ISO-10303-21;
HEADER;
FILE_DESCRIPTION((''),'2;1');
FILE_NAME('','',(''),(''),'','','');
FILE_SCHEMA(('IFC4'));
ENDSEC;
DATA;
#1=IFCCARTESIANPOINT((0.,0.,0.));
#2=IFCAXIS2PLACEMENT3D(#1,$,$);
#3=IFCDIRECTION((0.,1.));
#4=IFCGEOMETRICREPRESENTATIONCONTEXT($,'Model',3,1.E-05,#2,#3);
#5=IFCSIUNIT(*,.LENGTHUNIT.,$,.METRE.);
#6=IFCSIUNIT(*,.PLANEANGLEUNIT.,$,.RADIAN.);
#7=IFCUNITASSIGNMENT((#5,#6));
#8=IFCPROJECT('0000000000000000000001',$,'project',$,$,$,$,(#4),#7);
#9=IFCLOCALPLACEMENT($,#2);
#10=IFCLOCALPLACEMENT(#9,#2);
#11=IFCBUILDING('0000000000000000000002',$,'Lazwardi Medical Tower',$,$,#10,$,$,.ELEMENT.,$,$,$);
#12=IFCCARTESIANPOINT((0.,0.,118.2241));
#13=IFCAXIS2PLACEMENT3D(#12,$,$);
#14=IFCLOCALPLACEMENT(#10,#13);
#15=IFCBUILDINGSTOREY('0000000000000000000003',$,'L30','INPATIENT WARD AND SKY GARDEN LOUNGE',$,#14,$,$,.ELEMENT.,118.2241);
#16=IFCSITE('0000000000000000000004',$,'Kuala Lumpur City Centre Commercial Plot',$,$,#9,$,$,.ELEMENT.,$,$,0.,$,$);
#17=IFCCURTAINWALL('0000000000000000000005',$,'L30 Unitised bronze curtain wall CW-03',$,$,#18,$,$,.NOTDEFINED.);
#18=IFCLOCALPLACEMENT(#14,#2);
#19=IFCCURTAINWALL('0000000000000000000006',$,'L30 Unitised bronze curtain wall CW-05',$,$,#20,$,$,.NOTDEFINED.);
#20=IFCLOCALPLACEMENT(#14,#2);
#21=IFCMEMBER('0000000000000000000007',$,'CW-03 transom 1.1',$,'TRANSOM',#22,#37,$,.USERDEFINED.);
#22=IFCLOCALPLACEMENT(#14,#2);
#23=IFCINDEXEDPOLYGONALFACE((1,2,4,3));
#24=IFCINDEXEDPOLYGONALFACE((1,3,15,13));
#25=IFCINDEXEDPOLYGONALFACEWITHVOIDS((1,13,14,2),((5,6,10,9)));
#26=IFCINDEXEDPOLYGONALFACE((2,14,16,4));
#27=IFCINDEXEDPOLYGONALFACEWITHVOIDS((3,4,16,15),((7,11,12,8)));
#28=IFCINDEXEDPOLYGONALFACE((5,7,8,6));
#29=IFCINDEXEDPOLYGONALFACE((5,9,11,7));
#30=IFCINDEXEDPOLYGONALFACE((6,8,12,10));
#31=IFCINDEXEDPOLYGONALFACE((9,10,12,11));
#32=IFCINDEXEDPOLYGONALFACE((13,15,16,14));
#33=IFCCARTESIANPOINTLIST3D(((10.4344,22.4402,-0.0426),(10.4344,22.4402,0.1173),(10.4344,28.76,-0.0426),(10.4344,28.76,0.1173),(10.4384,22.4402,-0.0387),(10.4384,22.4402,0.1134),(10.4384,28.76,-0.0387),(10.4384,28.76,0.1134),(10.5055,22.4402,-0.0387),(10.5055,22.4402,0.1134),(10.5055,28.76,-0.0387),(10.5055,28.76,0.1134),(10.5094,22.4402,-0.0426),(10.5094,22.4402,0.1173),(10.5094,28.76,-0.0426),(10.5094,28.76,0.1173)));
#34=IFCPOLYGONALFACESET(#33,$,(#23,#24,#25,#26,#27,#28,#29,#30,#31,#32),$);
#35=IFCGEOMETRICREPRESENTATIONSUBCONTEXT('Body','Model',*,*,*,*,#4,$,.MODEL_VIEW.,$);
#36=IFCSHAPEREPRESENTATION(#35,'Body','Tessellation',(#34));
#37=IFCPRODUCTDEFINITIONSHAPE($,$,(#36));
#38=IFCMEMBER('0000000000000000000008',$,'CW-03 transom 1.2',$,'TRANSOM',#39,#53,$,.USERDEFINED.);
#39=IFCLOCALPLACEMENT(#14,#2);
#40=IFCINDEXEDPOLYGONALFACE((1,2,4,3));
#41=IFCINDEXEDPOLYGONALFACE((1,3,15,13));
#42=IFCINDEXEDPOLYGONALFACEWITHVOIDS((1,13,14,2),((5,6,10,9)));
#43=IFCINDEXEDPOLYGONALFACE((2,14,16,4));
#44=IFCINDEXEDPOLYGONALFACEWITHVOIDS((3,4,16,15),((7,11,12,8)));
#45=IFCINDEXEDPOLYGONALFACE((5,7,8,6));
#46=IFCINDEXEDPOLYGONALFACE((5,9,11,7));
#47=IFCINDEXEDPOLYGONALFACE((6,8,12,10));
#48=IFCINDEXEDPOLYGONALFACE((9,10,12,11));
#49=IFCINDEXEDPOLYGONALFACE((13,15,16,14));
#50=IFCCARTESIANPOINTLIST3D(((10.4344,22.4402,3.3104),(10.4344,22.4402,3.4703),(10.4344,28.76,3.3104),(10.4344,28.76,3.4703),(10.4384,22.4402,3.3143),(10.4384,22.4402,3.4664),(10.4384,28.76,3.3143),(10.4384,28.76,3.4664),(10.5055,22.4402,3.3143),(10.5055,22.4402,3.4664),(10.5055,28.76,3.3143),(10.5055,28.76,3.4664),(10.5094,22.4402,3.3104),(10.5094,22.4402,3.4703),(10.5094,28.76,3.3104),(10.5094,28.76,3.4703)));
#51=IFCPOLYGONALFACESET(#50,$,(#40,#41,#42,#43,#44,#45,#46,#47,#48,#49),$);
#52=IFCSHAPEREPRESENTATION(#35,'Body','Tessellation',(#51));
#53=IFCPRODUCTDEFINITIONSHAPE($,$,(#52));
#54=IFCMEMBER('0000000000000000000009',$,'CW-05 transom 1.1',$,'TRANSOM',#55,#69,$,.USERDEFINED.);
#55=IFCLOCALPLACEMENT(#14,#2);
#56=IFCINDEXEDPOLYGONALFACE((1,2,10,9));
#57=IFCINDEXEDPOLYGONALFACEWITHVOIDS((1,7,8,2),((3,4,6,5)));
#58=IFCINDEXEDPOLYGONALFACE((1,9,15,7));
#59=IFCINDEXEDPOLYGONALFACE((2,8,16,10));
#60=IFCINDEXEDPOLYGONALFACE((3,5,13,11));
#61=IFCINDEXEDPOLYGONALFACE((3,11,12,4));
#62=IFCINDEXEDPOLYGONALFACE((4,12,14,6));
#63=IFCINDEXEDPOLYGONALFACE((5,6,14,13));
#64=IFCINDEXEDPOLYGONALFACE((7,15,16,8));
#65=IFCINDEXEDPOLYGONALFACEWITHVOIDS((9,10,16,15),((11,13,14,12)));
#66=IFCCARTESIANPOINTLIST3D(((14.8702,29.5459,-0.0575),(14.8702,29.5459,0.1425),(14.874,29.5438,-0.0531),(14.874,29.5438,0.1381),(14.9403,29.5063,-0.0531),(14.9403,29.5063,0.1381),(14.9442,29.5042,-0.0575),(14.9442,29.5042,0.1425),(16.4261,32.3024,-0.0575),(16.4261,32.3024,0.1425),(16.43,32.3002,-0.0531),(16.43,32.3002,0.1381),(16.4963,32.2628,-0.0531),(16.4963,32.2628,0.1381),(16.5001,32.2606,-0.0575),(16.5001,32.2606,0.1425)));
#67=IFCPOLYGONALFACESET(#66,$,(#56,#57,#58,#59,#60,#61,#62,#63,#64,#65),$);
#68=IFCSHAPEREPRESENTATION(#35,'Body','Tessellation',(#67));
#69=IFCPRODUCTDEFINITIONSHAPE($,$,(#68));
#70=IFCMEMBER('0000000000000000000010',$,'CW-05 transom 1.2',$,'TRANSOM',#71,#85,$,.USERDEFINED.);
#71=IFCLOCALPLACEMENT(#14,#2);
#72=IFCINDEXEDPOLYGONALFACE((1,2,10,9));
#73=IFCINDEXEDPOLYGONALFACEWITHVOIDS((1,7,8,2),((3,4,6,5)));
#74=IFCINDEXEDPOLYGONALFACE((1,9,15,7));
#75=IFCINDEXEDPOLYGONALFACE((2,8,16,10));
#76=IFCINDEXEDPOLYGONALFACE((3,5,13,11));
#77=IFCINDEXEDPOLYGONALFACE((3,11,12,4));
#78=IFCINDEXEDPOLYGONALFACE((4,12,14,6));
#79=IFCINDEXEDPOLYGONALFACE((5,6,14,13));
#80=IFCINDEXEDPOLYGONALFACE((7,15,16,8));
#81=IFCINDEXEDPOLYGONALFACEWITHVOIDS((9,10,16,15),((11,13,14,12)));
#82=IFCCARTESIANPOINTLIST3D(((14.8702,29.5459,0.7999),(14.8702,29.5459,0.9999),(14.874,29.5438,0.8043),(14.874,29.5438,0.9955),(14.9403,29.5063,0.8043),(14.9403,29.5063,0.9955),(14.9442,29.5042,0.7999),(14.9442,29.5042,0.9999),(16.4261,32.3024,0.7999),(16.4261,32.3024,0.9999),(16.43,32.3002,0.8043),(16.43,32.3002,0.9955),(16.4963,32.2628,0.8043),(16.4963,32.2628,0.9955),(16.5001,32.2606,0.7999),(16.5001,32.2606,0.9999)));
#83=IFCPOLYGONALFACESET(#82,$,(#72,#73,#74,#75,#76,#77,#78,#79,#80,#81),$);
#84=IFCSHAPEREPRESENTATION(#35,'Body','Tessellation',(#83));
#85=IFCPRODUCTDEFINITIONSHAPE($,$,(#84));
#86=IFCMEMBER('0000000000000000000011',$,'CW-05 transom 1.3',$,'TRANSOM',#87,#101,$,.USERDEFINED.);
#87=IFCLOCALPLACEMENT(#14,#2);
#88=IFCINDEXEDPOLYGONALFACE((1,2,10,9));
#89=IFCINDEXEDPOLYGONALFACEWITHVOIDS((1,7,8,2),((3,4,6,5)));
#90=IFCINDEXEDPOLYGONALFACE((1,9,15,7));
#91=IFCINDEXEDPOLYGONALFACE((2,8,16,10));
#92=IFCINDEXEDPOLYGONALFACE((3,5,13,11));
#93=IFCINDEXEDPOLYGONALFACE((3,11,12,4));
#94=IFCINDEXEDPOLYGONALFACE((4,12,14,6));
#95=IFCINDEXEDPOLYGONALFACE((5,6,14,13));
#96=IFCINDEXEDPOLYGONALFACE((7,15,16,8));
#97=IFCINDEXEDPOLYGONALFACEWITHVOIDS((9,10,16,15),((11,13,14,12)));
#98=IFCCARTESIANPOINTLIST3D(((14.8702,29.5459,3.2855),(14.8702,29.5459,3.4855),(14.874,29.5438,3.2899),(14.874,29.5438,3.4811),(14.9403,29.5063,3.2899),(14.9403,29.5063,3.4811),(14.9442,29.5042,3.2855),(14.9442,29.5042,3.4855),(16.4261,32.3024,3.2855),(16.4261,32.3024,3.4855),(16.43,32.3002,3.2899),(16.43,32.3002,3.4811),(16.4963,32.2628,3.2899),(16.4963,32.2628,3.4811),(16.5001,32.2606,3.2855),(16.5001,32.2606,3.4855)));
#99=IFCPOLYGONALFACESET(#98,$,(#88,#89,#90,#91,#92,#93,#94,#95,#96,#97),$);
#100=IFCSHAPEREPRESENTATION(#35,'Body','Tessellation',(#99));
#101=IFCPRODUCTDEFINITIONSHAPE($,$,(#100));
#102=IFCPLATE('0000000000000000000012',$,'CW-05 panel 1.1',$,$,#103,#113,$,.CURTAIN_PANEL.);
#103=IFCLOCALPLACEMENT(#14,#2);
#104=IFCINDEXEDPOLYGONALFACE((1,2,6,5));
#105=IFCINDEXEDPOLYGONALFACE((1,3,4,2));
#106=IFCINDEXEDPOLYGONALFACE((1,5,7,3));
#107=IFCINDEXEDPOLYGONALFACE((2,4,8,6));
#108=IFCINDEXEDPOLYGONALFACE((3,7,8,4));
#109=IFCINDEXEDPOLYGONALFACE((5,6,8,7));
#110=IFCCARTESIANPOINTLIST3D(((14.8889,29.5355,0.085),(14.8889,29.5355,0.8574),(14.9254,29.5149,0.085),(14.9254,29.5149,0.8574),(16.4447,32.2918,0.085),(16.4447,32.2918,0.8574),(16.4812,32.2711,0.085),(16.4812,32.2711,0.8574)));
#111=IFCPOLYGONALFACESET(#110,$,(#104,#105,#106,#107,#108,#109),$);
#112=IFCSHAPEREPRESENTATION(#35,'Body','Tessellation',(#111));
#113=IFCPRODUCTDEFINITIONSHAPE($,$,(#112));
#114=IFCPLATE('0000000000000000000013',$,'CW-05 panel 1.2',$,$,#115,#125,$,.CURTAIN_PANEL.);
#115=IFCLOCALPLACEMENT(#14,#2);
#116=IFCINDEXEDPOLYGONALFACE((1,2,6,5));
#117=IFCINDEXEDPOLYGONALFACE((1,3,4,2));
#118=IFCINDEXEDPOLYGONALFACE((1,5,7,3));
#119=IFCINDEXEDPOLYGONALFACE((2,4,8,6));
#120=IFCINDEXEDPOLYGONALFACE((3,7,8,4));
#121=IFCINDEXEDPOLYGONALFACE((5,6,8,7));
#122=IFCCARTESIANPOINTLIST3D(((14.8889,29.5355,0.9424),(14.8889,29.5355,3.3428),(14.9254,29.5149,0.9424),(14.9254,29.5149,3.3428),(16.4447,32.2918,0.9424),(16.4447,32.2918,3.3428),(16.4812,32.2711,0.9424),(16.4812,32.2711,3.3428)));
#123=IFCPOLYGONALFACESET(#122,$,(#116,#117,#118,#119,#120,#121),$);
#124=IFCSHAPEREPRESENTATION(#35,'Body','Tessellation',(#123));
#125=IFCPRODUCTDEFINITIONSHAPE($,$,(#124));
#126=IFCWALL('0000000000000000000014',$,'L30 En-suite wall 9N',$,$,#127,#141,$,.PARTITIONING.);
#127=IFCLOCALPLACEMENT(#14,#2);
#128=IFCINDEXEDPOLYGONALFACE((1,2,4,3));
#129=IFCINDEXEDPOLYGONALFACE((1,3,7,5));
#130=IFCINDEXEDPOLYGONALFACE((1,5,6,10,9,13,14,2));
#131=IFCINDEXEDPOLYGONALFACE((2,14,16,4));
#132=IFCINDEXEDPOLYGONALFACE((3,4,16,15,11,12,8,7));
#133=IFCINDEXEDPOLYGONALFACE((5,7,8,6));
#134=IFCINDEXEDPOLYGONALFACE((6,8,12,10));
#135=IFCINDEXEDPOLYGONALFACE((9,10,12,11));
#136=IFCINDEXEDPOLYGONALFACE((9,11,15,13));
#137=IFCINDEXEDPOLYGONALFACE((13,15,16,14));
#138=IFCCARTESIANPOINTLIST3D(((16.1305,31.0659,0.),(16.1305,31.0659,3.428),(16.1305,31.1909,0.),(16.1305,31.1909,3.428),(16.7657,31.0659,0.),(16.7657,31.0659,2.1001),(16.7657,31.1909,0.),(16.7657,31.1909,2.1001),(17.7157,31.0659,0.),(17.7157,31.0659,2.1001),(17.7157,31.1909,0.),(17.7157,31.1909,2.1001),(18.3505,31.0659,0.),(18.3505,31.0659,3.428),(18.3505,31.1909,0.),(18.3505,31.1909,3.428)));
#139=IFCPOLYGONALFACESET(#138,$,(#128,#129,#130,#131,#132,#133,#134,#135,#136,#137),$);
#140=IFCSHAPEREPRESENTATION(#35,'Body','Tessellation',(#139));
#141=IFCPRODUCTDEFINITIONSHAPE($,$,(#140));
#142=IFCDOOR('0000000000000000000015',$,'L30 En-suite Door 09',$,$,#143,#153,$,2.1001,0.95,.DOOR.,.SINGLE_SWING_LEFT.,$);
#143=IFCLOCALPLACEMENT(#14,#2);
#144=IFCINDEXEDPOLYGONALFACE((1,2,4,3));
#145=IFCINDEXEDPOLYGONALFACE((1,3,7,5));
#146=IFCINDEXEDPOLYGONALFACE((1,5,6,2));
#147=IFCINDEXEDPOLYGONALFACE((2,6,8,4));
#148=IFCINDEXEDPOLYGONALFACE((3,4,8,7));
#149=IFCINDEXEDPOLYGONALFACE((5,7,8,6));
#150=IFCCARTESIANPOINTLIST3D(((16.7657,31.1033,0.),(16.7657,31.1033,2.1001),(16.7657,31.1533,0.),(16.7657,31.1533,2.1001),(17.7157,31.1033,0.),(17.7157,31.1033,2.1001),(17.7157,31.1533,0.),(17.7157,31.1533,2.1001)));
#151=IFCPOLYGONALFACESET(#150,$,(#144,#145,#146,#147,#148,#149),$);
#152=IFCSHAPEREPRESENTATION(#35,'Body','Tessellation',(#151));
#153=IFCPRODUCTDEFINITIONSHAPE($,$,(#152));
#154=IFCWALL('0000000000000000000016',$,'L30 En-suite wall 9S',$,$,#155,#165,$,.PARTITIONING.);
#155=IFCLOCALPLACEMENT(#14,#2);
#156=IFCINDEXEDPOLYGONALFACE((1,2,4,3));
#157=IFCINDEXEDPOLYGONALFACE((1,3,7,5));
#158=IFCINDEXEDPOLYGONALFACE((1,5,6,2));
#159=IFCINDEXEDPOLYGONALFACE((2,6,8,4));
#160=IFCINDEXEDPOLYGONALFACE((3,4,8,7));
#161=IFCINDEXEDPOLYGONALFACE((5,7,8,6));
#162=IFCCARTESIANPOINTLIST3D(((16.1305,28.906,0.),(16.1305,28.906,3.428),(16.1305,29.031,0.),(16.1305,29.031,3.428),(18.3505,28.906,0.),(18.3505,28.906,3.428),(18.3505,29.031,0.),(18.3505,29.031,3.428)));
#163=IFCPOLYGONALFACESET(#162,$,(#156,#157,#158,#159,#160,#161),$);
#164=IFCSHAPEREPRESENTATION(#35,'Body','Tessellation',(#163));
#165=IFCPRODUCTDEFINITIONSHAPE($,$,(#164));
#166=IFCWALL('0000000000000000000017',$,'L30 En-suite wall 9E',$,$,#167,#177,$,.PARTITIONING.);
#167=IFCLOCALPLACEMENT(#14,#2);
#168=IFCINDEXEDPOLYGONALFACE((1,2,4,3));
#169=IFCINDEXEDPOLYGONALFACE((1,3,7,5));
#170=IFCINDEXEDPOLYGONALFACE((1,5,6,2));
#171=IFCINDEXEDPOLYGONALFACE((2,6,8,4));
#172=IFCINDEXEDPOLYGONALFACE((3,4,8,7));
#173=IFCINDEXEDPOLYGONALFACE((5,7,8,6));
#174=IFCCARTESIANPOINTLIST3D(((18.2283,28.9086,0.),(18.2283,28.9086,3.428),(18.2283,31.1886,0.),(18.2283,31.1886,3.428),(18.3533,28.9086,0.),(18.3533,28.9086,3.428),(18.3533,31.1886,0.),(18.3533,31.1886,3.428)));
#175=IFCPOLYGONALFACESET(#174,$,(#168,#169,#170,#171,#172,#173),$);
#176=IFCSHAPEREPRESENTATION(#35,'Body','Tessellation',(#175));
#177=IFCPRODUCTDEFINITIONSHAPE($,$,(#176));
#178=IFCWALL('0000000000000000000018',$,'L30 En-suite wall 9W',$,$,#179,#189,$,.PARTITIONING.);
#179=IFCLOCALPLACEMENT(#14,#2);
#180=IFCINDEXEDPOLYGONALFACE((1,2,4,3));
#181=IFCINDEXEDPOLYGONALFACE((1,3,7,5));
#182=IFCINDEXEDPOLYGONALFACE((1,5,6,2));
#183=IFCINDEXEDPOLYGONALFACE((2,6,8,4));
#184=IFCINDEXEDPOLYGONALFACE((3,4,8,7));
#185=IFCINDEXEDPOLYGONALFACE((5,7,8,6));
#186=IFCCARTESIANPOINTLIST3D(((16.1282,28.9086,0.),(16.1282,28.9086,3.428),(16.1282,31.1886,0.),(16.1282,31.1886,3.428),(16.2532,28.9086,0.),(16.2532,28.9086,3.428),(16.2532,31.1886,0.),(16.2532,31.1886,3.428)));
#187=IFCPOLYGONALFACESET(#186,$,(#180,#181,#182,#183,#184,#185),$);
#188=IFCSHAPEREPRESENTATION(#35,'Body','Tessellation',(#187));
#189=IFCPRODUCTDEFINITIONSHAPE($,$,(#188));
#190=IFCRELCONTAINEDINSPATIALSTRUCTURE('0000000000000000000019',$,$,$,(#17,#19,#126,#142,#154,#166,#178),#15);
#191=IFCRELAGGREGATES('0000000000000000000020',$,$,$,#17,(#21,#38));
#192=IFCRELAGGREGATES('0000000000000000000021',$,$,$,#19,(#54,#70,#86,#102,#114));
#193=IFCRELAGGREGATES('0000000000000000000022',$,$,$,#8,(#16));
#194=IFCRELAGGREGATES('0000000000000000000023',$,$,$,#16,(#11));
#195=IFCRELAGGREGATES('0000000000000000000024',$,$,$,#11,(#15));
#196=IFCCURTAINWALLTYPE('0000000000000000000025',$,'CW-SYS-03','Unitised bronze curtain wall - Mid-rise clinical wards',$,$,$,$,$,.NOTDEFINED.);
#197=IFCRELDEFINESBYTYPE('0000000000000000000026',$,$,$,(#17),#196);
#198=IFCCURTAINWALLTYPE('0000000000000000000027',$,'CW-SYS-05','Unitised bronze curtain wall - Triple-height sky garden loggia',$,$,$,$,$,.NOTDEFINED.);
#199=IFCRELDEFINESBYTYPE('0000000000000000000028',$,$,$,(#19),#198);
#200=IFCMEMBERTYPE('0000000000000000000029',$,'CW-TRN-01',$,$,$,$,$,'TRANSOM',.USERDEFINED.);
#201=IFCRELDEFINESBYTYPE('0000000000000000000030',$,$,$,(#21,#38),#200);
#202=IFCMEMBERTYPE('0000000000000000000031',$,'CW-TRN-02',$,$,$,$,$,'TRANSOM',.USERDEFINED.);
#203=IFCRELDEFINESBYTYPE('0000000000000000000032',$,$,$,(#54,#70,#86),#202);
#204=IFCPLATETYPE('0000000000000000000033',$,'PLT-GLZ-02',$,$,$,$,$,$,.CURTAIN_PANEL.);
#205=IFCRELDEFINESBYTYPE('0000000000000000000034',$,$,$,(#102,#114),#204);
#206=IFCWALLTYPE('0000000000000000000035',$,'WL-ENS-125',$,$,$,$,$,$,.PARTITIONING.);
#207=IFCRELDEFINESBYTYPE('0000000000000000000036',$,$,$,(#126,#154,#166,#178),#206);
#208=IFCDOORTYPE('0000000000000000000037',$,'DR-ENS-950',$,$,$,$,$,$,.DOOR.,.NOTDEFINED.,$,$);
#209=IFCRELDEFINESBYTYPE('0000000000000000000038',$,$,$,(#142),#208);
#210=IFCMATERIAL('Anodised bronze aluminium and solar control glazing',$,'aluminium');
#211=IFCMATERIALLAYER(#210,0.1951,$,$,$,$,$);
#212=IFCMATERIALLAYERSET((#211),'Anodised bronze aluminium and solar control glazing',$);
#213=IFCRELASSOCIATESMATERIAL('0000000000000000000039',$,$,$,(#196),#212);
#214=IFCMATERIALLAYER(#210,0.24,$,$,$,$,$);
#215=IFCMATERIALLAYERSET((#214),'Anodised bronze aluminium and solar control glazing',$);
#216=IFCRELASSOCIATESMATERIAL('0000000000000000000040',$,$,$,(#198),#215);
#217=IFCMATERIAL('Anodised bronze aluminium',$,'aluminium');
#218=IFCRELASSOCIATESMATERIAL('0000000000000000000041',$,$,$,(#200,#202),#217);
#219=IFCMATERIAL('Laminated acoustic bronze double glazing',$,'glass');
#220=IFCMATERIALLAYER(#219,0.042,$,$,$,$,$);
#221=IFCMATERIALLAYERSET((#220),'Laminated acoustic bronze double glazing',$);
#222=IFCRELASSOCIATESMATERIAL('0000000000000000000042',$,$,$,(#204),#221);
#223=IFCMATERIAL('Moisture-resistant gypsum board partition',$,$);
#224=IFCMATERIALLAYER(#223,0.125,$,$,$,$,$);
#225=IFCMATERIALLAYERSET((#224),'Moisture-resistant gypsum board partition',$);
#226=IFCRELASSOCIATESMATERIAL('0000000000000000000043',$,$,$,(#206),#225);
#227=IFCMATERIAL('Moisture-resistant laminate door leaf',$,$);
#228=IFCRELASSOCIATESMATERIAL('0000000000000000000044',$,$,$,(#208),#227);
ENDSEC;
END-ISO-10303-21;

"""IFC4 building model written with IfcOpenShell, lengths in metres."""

from ifc_helpers import new_model, si_unit, direction, frame, frame_2d, origin, origin_2d, place, context, subcontext, project, spatial, rectangle, hollow_rectangle, extrude, material, layer, layer_set, material_profile, profile_set, type_object, element, fill, aggregate, save


model = new_model("IFC4")

# Units and contexts
model_context = context("Model", 3, precision=1e-05, world=origin(), true_north=direction((0.0, 1.0)))
body_context = subcontext(model_context, "Body", "Model", "MODEL_VIEW")
ifc_project = project(units=[si_unit("LENGTHUNIT", "METRE"), si_unit("PLANEANGLEUNIT", "RADIAN")], contexts=[model_context])

# Site, building, storey
site_placement = place(None, origin())
site = spatial("IfcSite", under=ifc_project, at=site_placement, Name="Kuala Lumpur City Centre Commercial Plot", CompositionType="ELEMENT", RefElevation=0.0)
building_placement = place(site_placement, origin())
building = spatial("IfcBuilding", under=site, at=building_placement, Name="Lazwardi Medical Tower", CompositionType="ELEMENT")
storey_placement = place(building_placement, frame((0.0, 0.0, 118.2241)))
storey = spatial("IfcBuildingStorey", under=building, at=storey_placement, Name="L30", Description="INPATIENT WARD AND SKY GARDEN LOUNGE", CompositionType="ELEMENT", Elevation=118.2241)

# Curtain wall
ifc_material_1 = material(Name="Anodised bronze aluminium and solar control glazing", Category="aluminium")
ifc_layer_1 = layer(ifc_material_1, 0.1951)
ifc_layer_set_1 = layer_set([ifc_layer_1], Name="Anodised bronze aluminium and solar control glazing")
curtain_wall_type_1 = type_object("IfcCurtainWallType", Name="CW-SYS-03", Description="Unitised bronze curtain wall - Mid-rise clinical wards", PredefinedType="NOTDEFINED", material=ifc_layer_set_1)
curtain_wall_1_placement = place(storey_placement, origin())
curtain_wall_1 = element("IfcCurtainWall", 1, at=curtain_wall_1_placement, inside=storey, type_object=curtain_wall_type_1, Name="L30 Unitised bronze curtain wall CW-03", PredefinedType="NOTDEFINED")
ifc_material_2 = material(Name="Anodised bronze aluminium", Category="aluminium")

# Curtain wall
ifc_layer_2 = layer(ifc_material_1, 0.24)
ifc_layer_set_2 = layer_set([ifc_layer_2], Name="Anodised bronze aluminium and solar control glazing")
curtain_wall_type_2 = type_object("IfcCurtainWallType", Name="CW-SYS-05", Description="Unitised bronze curtain wall - Triple-height sky garden loggia", PredefinedType="NOTDEFINED", material=ifc_layer_set_2)
curtain_wall_2_placement = place(storey_placement, origin())
curtain_wall_2 = element("IfcCurtainWall", 2, at=curtain_wall_2_placement, inside=storey, type_object=curtain_wall_type_2, Name="L30 Unitised bronze curtain wall CW-05", PredefinedType="NOTDEFINED")

# Members
ifc_material_profile_1 = material_profile(ifc_material_2, hollow_rectangle(XDim=0.075, YDim=0.1599, WallThickness=0.0039, at=origin_2d()), Name="ALU-TRANSOM 160x75x4")
ifc_profile_set_1 = profile_set([ifc_material_profile_1], Name="Anodised bronze aluminium")
member_type_1 = type_object("IfcMemberType", Name="CW-TRN-01", ElementType="TRANSOM", PredefinedType="USERDEFINED", material=ifc_profile_set_1)
member_1_placement = place(storey_placement, frame((10.4719, 28.76, 0.0374), z_axis=(0.0, -1.0, 0.0), x_axis=(1.0, 0.0, 0.0)))
member_1 = element("IfcMember", 3, at=member_1_placement, type_object=member_type_1, Name="CW-03 transom 1.1", ObjectType="TRANSOM", PredefinedType="USERDEFINED", context=body_context, shape_type="SweptSolid", body=[
    extrude(hollow_rectangle(XDim=0.075, YDim=0.1599, WallThickness=0.0039, at=origin_2d()), origin(), (0.0, 0.0, 1.0), 6.3198),
])
member_2_placement = place(storey_placement, frame((10.4719, 28.76, 3.3904), z_axis=(0.0, -1.0, 0.0), x_axis=(1.0, 0.0, 0.0)))
member_2 = element("IfcMember", 4, at=member_2_placement, type_object=member_type_1, Name="CW-03 transom 1.2", ObjectType="TRANSOM", PredefinedType="USERDEFINED", context=body_context, shape_type="SweptSolid", body=[
    extrude(hollow_rectangle(XDim=0.075, YDim=0.1599, WallThickness=0.0039, at=origin_2d()), origin(), (0.0, 0.0, 1.0), 6.3198),
])
aggregate(curtain_wall_1, [member_1, member_2])
ifc_material_profile_2 = material_profile(ifc_material_2, hollow_rectangle(XDim=0.085, YDim=0.2, WallThickness=0.0044, at=origin_2d()), Name="ALU-TRANSOM 200x85x4.5")
ifc_profile_set_2 = profile_set([ifc_material_profile_2], Name="Anodised bronze aluminium")
member_type_2 = type_object("IfcMemberType", Name="CW-TRN-02", ElementType="TRANSOM", PredefinedType="USERDEFINED", material=ifc_profile_set_2)
member_3_placement = place(storey_placement, frame((16.4631, 32.2815, 0.0425), z_axis=(-0.491572, -0.870837, 0.0), x_axis=(0.870837, -0.491572, 0.0)))
member_3 = element("IfcMember", 5, at=member_3_placement, type_object=member_type_2, Name="CW-05 transom 1.1", ObjectType="TRANSOM", PredefinedType="USERDEFINED", context=body_context, shape_type="SweptSolid", body=[
    extrude(hollow_rectangle(XDim=0.085, YDim=0.2, WallThickness=0.0044, at=origin_2d()), origin(), (0.0, 0.0, 1.0), 3.1653),
])
member_4_placement = place(storey_placement, frame((16.4631, 32.2815, 0.8999), z_axis=(-0.491572, -0.870837, 0.0), x_axis=(0.870837, -0.491572, 0.0)))
member_4 = element("IfcMember", 6, at=member_4_placement, type_object=member_type_2, Name="CW-05 transom 1.2", ObjectType="TRANSOM", PredefinedType="USERDEFINED", context=body_context, shape_type="SweptSolid", body=[
    extrude(hollow_rectangle(XDim=0.085, YDim=0.2, WallThickness=0.0044, at=origin_2d()), origin(), (0.0, 0.0, 1.0), 3.1653),
])
member_5_placement = place(storey_placement, frame((16.4631, 32.2815, 3.3855), z_axis=(-0.491572, -0.870837, 0.0), x_axis=(0.870837, -0.491572, 0.0)))
member_5 = element("IfcMember", 7, at=member_5_placement, type_object=member_type_2, Name="CW-05 transom 1.3", ObjectType="TRANSOM", PredefinedType="USERDEFINED", context=body_context, shape_type="SweptSolid", body=[
    extrude(hollow_rectangle(XDim=0.085, YDim=0.2, WallThickness=0.0044, at=origin_2d()), origin(), (0.0, 0.0, 1.0), 3.1653),
])

# Plates
ifc_material_3 = material(Name="Laminated acoustic bronze double glazing", Category="glass")
ifc_layer_3 = layer(ifc_material_3, 0.042)
ifc_layer_set_3 = layer_set([ifc_layer_3], Name="Laminated acoustic bronze double glazing")
plate_type = type_object("IfcPlateType", Name="PLT-GLZ-02", PredefinedType="CURTAIN_PANEL", material=ifc_layer_set_3)
plate_1_placement = place(storey_placement, frame((15.6851, 30.9033, 0.085), z_axis=(0.0, 0.0, 1.0), x_axis=(-0.491556, -0.870846, 0.0)))
plate_1 = element("IfcPlate", 8, at=plate_1_placement, type_object=plate_type, Name="CW-05 panel 1.1", PredefinedType="CURTAIN_PANEL", context=body_context, shape_type="SweptSolid", body=[
    extrude(rectangle(XDim=3.165, YDim=0.042, at=origin_2d()), origin(), (0.0, 0.0, 1.0), 0.7725),
])
plate_2_placement = place(storey_placement, frame((15.6851, 30.9033, 0.9424), z_axis=(0.0, 0.0, 1.0), x_axis=(-0.491556, -0.870846, 0.0)))
plate_2 = element("IfcPlate", 9, at=plate_2_placement, type_object=plate_type, Name="CW-05 panel 1.2", PredefinedType="CURTAIN_PANEL", context=body_context, shape_type="SweptSolid", body=[
    extrude(rectangle(XDim=3.165, YDim=0.042, at=origin_2d()), origin(), (0.0, 0.0, 1.0), 2.4004),
])
aggregate(curtain_wall_2, [member_3, member_4, member_5, plate_1, plate_2])

# Wall, opening, door
ifc_material_4 = material(Name="Moisture-resistant gypsum board partition")
ifc_layer_4 = layer(ifc_material_4, 0.125)
ifc_layer_set_4 = layer_set([ifc_layer_4], Name="Moisture-resistant gypsum board partition")
wall_type_1 = type_object("IfcWallType", Name="WL-ENS-125", PredefinedType="PARTITIONING", material=ifc_layer_set_4)
wall_1_placement = place(storey_placement, frame((16.1306, 31.1284, 0.0), z_axis=(0.0, 0.0, 1.0), x_axis=(1.0, 0.0, 0.0)))
wall_1 = element("IfcWall", 10, at=wall_1_placement, inside=storey, type_object=wall_type_1, Name="L30 En-suite wall 9N", PredefinedType="PARTITIONING", context=body_context, shape_type="SweptSolid", body=[
    extrude(rectangle(XDim=2.22, YDim=0.125, at=frame_2d((1.1099, 0.0))), origin(), (0.0, 0.0, 1.0), 3.428),
])
opening_placement = place(wall_1_placement, frame((0.635, 0.0, 0.0)))
opening = element("IfcOpeningElement", 11, at=opening_placement, cuts=wall_1, PredefinedType="OPENING", context=body_context, shape_type="SweptSolid", body=[
    extrude(rectangle(XDim=0.95, YDim=2.1001, at=frame_2d((0.4751, 1.05))), frame((0.0, 0.0725, 0.0), z_axis=(0.0, -1.0, 0.0), x_axis=(1.0, 0.0, 0.0)), (0.0, 0.0, 1.0), 0.145),
])
ifc_material_5 = material(Name="Moisture-resistant laminate door leaf")
door_type = type_object("IfcDoorType", Name="DR-ENS-950", OperationType="NOTDEFINED", PredefinedType="DOOR", material=ifc_material_5)
door_placement = place(opening_placement, origin())
door = element("IfcDoor", 12, at=door_placement, inside=storey, type_object=door_type, Name="L30 En-suite Door 09", OperationType="SINGLE_SWING_LEFT", OverallHeight=2.1001, OverallWidth=0.95, PredefinedType="DOOR", context=body_context, shape_type="SweptSolid", body=[
    extrude(rectangle(XDim=0.95, YDim=2.1001, at=frame_2d((0.4751, 1.05))), frame((0.0, 0.0249, 0.0), z_axis=(0.0, -1.0, 0.0), x_axis=(1.0, 0.0, 0.0)), (0.0, 0.0, 1.0), 0.05),
])
fill(opening, door)

# Walls
wall_2_placement = place(storey_placement, frame((16.1306, 28.9685, 0.0), z_axis=(0.0, 0.0, 1.0), x_axis=(1.0, 0.0, 0.0)))
element("IfcWall", 13, at=wall_2_placement, inside=storey, type_object=wall_type_1, Name="L30 En-suite wall 9S", PredefinedType="PARTITIONING", context=body_context, shape_type="SweptSolid", body=[
    extrude(rectangle(XDim=2.22, YDim=0.125, at=frame_2d((1.1099, 0.0))), origin(), (0.0, 0.0, 1.0), 3.428),
])
for number, where, z_axis, x_axis, name in (
    (14, (18.2908, 28.9084, 0.0), (0.0, 0.0, 1.0), (0.0, 1.0, 0.0), "L30 En-suite wall 9E"),
    (15, (16.1907, 28.9084, 0.0), (0.0, 0.0, 1.0), (0.0, 1.0, 0.0), "L30 En-suite wall 9W"),
):
    element("IfcWall", number, at=place(storey_placement, frame(where, z_axis=z_axis, x_axis=x_axis)), inside=storey, type_object=wall_type_1, Name=name, PredefinedType="PARTITIONING", context=body_context, shape_type="SweptSolid", body=[
        extrude(rectangle(XDim=2.28, YDim=0.125, at=frame_2d((1.1401, 0.0))), origin(), (0.0, 0.0, 1.0), 3.428),
    ])

save(model, "model.ifc")
